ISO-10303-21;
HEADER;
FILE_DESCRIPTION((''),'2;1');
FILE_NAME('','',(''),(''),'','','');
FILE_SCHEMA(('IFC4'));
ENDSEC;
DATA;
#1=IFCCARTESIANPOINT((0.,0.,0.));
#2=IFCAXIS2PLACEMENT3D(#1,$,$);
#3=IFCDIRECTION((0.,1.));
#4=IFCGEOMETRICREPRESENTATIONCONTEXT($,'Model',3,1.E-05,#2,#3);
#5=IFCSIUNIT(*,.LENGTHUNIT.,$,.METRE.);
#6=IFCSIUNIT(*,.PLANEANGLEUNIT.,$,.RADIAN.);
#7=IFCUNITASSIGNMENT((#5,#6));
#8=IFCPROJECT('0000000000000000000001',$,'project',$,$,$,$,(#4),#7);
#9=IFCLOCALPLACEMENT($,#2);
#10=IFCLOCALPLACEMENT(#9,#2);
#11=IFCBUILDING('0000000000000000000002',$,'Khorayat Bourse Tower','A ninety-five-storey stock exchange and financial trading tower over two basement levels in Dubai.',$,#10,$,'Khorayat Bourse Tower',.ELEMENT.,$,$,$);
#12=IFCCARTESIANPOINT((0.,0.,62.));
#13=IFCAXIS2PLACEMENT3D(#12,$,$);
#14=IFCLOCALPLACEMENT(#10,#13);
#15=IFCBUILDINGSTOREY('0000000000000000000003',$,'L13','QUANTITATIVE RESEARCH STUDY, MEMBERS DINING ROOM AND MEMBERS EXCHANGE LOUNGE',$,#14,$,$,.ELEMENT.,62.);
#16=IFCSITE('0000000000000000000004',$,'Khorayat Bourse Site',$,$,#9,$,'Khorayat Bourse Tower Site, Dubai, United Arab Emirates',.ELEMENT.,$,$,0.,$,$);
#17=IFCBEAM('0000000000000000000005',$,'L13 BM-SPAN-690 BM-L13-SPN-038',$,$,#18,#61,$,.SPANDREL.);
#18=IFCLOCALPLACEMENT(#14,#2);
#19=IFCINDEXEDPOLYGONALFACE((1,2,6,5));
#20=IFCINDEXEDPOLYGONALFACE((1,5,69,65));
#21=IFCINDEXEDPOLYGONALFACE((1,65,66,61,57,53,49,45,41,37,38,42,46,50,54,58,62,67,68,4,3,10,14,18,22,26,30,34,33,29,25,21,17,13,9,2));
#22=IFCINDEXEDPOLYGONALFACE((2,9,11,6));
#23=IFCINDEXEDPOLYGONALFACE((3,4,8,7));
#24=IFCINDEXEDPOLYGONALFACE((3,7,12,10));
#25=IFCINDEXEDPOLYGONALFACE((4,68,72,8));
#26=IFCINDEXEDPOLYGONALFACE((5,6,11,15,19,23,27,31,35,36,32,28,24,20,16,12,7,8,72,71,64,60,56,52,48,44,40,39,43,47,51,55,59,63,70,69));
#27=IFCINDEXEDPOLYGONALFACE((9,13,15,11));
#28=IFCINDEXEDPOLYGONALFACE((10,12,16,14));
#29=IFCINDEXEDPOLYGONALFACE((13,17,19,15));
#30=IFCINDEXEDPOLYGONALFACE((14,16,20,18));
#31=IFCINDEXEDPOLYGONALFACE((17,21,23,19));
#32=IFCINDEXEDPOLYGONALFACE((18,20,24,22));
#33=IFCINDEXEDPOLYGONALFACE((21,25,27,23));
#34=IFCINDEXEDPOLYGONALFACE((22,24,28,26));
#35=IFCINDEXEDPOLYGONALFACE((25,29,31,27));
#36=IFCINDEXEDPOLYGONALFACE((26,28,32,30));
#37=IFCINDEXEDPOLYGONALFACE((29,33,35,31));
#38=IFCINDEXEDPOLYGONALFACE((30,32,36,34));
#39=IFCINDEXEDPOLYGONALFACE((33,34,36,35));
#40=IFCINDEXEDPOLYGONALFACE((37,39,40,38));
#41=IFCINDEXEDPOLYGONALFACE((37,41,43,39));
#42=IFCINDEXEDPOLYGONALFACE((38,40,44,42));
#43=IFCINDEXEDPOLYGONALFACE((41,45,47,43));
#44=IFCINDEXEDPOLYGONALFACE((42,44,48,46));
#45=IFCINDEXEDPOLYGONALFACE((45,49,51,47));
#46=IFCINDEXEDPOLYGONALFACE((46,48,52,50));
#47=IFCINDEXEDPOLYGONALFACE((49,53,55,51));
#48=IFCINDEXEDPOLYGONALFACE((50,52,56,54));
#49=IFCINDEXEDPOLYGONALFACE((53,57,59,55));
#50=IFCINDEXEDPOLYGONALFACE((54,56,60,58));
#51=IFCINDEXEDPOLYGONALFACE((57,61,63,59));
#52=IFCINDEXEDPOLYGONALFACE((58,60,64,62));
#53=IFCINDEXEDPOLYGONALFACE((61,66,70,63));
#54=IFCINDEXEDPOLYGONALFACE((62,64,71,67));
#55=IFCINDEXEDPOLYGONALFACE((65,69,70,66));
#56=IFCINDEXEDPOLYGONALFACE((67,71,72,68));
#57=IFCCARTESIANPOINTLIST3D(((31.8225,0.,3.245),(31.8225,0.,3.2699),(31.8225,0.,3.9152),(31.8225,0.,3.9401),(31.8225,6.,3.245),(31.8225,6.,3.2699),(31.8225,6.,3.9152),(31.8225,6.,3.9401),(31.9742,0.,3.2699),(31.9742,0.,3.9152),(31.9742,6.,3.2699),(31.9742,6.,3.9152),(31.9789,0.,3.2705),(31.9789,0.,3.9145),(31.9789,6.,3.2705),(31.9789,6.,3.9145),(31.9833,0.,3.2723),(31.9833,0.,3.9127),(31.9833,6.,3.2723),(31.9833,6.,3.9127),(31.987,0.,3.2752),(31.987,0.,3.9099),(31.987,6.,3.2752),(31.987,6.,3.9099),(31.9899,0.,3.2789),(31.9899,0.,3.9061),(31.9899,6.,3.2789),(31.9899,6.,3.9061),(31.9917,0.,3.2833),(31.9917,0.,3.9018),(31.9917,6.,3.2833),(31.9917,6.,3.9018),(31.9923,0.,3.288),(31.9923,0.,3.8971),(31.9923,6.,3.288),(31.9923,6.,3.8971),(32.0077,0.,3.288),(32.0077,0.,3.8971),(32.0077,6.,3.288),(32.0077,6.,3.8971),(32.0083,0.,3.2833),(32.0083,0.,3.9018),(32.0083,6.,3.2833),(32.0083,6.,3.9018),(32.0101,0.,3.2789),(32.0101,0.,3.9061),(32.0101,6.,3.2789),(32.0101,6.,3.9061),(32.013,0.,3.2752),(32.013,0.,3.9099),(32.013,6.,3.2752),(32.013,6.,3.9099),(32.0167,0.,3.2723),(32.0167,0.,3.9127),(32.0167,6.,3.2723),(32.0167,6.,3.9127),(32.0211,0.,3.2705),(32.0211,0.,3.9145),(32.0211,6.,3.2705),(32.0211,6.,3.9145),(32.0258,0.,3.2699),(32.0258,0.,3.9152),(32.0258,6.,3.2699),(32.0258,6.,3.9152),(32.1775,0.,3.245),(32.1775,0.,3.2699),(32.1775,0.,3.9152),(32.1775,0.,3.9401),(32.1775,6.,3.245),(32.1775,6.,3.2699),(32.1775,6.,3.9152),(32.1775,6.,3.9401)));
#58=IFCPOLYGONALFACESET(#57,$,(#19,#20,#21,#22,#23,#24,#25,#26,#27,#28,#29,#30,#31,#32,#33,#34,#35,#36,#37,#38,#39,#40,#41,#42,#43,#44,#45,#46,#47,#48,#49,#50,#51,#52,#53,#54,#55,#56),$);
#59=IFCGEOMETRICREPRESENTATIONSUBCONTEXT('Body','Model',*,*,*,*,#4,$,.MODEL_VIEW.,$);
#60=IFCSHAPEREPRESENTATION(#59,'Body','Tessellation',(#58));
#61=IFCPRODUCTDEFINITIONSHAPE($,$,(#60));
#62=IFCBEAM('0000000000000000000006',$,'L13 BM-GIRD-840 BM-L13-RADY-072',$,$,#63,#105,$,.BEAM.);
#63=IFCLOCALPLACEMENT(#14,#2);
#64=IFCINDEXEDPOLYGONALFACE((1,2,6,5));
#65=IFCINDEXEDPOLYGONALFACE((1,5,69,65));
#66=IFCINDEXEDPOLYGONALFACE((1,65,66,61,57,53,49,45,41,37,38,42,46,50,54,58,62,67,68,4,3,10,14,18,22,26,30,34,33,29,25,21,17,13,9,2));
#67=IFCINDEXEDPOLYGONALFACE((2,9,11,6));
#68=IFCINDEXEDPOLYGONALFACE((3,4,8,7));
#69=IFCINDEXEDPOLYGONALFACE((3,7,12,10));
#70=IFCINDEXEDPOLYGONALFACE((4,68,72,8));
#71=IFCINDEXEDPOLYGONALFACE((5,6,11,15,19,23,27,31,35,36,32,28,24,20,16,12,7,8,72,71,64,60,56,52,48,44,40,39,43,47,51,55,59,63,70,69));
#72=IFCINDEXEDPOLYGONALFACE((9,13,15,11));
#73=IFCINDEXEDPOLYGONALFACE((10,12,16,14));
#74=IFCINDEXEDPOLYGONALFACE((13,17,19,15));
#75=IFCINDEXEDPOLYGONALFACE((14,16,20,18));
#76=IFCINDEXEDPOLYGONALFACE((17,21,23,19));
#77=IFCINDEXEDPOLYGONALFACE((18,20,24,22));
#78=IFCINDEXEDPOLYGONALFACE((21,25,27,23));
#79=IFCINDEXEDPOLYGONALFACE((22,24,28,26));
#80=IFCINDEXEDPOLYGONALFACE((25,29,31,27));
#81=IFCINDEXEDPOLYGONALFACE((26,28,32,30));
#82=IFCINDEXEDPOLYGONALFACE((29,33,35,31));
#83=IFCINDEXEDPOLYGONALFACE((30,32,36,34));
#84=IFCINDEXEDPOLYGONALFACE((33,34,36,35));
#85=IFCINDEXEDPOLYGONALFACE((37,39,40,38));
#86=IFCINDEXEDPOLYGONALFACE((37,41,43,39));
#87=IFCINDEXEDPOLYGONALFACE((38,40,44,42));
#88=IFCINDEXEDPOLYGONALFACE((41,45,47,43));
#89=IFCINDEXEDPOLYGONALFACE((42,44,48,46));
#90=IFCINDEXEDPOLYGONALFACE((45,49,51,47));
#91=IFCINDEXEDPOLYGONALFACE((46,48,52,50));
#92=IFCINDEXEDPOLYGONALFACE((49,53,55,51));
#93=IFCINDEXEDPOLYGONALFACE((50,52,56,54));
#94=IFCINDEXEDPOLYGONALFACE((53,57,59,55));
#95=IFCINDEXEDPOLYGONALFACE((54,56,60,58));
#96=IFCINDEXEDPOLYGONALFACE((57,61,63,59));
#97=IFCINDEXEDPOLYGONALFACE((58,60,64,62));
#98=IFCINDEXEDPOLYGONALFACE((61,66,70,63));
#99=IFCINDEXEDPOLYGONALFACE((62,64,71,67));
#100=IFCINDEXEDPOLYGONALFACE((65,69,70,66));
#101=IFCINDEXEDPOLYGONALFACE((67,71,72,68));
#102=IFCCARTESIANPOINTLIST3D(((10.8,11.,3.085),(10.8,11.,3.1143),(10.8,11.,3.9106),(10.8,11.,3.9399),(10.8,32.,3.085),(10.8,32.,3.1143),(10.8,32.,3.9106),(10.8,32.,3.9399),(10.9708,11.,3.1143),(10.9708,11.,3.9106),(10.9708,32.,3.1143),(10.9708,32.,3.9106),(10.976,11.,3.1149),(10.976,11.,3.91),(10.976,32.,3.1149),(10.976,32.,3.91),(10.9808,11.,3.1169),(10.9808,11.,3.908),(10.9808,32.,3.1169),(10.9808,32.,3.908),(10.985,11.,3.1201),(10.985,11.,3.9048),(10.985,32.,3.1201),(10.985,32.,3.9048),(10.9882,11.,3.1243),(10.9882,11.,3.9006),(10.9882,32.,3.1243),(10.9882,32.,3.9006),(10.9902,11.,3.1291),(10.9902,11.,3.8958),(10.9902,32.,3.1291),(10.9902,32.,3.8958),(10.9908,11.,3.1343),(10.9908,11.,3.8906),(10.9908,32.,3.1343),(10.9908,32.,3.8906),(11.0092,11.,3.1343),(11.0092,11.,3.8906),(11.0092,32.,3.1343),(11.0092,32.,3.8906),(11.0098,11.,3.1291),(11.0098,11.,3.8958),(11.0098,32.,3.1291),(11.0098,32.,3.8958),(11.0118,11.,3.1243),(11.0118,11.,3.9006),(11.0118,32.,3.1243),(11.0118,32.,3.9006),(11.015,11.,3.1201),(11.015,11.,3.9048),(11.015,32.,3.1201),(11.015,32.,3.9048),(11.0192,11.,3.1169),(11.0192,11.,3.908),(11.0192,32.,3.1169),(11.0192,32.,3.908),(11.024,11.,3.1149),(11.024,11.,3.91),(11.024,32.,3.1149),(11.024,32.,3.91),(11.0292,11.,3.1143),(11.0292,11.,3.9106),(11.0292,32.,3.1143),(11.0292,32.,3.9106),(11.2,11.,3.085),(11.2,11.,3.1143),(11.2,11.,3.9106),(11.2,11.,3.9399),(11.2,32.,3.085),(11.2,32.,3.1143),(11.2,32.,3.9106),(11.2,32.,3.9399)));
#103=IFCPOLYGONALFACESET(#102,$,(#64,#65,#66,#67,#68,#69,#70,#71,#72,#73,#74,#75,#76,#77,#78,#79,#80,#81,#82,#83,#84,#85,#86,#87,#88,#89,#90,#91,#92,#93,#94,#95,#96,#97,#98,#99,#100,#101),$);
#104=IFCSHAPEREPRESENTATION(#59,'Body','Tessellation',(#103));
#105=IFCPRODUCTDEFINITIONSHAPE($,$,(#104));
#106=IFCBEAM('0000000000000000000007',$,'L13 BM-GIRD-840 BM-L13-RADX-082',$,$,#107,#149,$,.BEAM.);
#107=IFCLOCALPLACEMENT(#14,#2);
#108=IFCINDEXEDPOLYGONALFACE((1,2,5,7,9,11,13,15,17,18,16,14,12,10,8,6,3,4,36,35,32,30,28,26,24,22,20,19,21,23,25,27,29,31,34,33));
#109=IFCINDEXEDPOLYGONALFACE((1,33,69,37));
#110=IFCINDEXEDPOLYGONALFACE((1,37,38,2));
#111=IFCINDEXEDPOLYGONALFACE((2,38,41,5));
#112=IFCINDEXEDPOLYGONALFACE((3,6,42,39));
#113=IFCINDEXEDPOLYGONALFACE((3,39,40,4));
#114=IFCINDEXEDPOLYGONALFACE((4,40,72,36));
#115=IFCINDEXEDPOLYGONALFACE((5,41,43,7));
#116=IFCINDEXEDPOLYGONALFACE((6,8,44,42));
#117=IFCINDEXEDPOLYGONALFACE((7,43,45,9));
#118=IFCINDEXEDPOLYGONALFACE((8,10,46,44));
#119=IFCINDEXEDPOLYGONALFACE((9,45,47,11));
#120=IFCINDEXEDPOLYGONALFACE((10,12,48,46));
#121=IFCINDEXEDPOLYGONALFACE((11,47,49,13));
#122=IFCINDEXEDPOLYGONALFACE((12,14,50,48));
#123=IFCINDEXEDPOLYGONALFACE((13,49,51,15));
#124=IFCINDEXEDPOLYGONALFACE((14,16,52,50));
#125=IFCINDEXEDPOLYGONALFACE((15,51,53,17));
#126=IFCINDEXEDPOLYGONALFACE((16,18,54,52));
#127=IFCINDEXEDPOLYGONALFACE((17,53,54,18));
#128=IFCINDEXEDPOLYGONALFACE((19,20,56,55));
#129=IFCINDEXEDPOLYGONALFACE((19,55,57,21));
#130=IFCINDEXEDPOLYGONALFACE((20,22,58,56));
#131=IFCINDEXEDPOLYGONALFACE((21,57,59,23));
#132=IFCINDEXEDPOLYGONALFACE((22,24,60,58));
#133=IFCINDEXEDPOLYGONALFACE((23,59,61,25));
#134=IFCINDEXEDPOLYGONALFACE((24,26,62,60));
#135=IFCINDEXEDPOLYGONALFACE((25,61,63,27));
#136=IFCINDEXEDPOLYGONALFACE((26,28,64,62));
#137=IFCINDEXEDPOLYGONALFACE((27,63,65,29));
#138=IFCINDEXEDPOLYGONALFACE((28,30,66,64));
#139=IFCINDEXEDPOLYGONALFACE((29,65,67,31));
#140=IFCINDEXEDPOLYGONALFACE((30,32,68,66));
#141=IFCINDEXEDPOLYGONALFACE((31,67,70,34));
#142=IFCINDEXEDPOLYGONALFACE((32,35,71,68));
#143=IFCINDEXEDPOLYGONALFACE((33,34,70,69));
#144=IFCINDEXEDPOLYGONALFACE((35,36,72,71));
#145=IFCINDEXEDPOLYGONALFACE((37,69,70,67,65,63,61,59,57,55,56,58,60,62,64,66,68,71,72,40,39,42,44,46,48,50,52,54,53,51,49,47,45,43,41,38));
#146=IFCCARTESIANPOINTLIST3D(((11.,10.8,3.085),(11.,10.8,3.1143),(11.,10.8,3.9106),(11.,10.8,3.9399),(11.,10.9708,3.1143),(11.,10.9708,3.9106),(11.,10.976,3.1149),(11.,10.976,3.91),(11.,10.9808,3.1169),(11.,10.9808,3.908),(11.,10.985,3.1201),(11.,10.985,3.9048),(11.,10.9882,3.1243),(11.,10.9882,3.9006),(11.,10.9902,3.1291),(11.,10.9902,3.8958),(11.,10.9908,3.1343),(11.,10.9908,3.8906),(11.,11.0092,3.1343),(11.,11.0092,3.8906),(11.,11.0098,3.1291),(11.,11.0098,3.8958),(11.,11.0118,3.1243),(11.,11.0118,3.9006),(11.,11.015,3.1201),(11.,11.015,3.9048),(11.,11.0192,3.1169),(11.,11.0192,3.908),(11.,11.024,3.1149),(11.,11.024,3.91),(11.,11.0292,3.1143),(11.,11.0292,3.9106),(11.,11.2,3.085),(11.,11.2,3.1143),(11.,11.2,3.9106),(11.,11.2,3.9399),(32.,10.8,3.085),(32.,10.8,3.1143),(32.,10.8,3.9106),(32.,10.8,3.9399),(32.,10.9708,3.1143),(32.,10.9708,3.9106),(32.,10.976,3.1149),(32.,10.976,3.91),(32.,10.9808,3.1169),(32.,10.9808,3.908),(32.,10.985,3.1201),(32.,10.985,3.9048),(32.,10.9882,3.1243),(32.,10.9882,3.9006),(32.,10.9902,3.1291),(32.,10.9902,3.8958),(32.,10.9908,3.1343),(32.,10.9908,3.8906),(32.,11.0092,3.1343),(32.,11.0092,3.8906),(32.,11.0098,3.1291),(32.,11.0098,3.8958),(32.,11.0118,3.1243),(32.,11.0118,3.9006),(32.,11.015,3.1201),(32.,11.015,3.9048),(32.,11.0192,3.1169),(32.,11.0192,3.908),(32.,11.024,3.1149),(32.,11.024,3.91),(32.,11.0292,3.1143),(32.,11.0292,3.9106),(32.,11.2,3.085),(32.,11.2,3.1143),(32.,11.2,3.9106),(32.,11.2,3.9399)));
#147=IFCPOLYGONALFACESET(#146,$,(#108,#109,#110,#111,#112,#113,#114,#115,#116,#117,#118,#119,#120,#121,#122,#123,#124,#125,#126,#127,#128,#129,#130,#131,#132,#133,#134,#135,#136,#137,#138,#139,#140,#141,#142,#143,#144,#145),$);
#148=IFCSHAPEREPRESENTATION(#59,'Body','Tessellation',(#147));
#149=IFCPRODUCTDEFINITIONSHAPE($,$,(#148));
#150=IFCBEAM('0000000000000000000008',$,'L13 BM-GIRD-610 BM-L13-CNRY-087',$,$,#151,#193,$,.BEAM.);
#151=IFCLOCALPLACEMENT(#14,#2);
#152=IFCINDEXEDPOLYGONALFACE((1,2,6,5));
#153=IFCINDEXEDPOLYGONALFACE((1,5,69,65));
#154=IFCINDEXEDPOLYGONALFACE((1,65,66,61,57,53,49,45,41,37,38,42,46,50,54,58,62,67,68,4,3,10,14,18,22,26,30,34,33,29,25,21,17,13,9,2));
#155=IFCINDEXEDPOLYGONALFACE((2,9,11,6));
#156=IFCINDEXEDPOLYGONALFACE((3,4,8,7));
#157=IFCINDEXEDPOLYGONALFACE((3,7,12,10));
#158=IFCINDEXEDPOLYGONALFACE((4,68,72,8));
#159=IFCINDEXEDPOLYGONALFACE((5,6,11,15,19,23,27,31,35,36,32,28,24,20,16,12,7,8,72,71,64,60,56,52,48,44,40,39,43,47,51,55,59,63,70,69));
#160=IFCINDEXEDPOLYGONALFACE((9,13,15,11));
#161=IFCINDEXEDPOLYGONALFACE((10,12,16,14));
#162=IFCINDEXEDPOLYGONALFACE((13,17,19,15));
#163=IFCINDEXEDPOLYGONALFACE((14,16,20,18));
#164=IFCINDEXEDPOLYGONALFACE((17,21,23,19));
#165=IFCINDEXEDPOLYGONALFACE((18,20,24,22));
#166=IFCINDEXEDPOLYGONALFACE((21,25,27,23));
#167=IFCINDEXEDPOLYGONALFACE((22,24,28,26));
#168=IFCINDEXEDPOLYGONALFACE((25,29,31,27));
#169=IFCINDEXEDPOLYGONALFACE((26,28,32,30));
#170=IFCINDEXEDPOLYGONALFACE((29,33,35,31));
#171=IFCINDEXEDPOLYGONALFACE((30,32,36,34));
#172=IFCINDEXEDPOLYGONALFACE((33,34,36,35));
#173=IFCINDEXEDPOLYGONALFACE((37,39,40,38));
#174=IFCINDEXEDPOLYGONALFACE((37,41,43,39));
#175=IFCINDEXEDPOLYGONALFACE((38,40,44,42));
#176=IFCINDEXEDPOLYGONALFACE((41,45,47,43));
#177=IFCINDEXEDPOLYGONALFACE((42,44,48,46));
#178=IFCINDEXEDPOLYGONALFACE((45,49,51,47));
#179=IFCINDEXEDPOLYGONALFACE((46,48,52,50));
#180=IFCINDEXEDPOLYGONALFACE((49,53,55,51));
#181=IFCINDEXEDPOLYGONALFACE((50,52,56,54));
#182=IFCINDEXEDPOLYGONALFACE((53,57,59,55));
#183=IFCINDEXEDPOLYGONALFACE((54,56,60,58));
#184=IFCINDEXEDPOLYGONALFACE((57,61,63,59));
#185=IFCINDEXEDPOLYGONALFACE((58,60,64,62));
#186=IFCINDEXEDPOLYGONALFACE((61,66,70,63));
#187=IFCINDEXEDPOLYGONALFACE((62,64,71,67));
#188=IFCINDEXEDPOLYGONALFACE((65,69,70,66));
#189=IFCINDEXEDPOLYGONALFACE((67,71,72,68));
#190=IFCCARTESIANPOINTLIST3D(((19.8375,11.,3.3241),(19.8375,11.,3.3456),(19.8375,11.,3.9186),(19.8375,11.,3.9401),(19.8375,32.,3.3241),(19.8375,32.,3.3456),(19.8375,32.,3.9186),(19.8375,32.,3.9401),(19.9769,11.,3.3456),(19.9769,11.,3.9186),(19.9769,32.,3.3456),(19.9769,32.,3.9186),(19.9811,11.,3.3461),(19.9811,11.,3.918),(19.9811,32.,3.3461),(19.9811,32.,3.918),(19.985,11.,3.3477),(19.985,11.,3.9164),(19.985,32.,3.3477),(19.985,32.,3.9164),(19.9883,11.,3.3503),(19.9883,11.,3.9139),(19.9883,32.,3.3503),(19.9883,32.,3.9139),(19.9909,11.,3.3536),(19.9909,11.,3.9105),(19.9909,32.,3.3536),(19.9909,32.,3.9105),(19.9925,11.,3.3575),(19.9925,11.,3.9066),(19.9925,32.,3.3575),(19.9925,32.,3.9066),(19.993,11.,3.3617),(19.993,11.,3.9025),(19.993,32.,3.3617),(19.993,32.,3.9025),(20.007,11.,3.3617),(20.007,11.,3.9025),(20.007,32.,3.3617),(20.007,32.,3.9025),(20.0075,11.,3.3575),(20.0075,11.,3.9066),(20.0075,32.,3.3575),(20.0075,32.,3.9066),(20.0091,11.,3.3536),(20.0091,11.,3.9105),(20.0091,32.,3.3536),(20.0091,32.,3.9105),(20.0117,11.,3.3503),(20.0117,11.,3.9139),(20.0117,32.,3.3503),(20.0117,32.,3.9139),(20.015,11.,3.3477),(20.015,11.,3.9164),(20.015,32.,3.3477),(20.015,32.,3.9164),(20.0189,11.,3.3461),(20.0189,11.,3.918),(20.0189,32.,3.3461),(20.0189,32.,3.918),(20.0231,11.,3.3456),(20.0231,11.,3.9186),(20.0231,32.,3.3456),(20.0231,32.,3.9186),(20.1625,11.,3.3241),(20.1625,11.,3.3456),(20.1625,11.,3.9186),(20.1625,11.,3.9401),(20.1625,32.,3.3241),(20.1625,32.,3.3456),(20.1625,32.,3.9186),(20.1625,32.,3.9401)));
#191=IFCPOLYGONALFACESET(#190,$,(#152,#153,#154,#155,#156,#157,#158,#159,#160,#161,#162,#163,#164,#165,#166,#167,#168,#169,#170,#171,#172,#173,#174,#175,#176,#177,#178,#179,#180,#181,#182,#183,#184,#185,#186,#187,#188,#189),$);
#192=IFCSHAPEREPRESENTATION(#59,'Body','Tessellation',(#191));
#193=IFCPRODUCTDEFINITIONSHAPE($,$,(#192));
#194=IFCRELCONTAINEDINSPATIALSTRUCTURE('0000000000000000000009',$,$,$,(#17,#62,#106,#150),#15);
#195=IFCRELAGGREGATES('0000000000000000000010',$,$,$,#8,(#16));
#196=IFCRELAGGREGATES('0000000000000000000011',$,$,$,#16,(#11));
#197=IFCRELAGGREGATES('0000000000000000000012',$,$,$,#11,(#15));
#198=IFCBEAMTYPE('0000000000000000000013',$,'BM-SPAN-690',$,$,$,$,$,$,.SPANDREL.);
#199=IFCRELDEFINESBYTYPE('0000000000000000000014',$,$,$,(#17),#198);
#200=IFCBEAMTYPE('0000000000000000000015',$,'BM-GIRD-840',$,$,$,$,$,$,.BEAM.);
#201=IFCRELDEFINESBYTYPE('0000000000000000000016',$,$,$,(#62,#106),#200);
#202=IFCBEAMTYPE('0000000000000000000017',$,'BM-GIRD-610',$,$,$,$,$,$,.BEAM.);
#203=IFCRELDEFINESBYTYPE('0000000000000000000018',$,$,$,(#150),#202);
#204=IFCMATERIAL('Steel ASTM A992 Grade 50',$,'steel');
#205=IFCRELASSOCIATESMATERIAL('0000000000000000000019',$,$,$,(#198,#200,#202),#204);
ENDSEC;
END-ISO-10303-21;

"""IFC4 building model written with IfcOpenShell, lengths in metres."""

from ifc_helpers import new_model, si_unit, direction, frame, origin, origin_2d, place, context, subcontext, project, spatial, i_section, extrude, source, transform, mapped, material, material_profile, profile_set, type_object, element, save


model = new_model("IFC4")

# Units and contexts
model_context = context("Model", 3, precision=1e-05, world=origin(), true_north=direction((0.0, 1.0)))
body_context = subcontext(model_context, "Body", "Model", "MODEL_VIEW")
ifc_project = project(units=[si_unit("LENGTHUNIT", "METRE"), si_unit("PLANEANGLEUNIT", "RADIAN")], contexts=[model_context])

# Site, building, storey
site_placement = place(None, origin())
site = spatial("IfcSite", under=ifc_project, at=site_placement, Name="Khorayat Bourse Site", LongName="Khorayat Bourse Tower Site, Dubai, United Arab Emirates", CompositionType="ELEMENT", RefElevation=0.0)
building_placement = place(site_placement, origin())
building = spatial("IfcBuilding", under=site, at=building_placement, Name="Khorayat Bourse Tower", Description="A ninety-five-storey stock exchange and financial trading tower over two basement levels in Dubai.", LongName="Khorayat Bourse Tower", CompositionType="ELEMENT")
storey_placement = place(building_placement, frame((0.0, 0.0, 62.0)))
storey = spatial("IfcBuildingStorey", under=building, at=storey_placement, Name="L13", Description="QUANTITATIVE RESEARCH STUDY, MEMBERS DINING ROOM AND MEMBERS EXCHANGE LOUNGE", CompositionType="ELEMENT", Elevation=62.0)

# Beams
ifc_material_1 = material(Name="Steel ASTM A992 Grade 50", Category="steel")
ifc_material_profile_1 = material_profile(ifc_material_1, i_section(OverallWidth=0.355, OverallDepth=0.6951, WebThickness=0.0154, FlangeThickness=0.0249, FilletRadius=0.0181, at=origin_2d()), Name="W690X217")
ifc_profile_set_1 = profile_set([ifc_material_profile_1], Name="Steel ASTM A992 Grade 50")
beam_type_1 = type_object("IfcBeamType", Name="BM-SPAN-690", PredefinedType="SPANDREL", material=ifc_profile_set_1)
shared_shape_1 = source(origin(), body_context, "Body", "SweptSolid", [
    extrude(i_section(OverallWidth=0.355, OverallDepth=0.6951, WebThickness=0.0154, FlangeThickness=0.0249, FilletRadius=0.0181, at=origin_2d()), origin(), (0.0, 0.0, 1.0), 6.0),
])
beam_1_placement = place(storey_placement, frame((32.0, 0.0, 3.5925), z_axis=(0.0, 1.0, 0.0), x_axis=(-1.0, 0.0, 0.0)))
element("IfcBeam", 1, at=beam_1_placement, inside=storey, type_object=beam_type_1, Name="L13 BM-SPAN-690 BM-L13-SPN-038", PredefinedType="SPANDREL", context=body_context, shape_type="MappedRepresentation", body=[
    mapped(shared_shape_1, transform((0.0, 0.0, 0.0), scale=1.0)),
])
ifc_material_profile_2 = material_profile(ifc_material_1, i_section(OverallWidth=0.3999, OverallDepth=0.855, WebThickness=0.0183, FlangeThickness=0.0293, FilletRadius=0.02, at=origin_2d()), Name="W840X299")
ifc_profile_set_2 = profile_set([ifc_material_profile_2], Name="Steel ASTM A992 Grade 50")
beam_type_2 = type_object("IfcBeamType", Name="BM-GIRD-840", PredefinedType="BEAM", material=ifc_profile_set_2)
shared_shape_2 = source(origin(), body_context, "Body", "SweptSolid", [
    extrude(i_section(OverallWidth=0.3999, OverallDepth=0.855, WebThickness=0.0183, FlangeThickness=0.0293, FilletRadius=0.02, at=origin_2d()), origin(), (0.0, 0.0, 1.0), 21.0),
])
for number, where, z_axis, x_axis, name in (
    (2, (11.0, 11.0, 3.5125), (0.0, 1.0, 0.0), (-1.0, 0.0, 0.0), "L13 BM-GIRD-840 BM-L13-RADY-072"),
    (3, (11.0, 11.0, 3.5125), (1.0, 0.0, 0.0), (0.0, 1.0, 0.0), "L13 BM-GIRD-840 BM-L13-RADX-082"),
):
    element("IfcBeam", number, at=place(storey_placement, frame(where, z_axis=z_axis, x_axis=x_axis)), inside=storey, type_object=beam_type_2, Name=name, PredefinedType="BEAM", context=body_context, shape_type="MappedRepresentation", body=[
        mapped(shared_shape_2, transform((0.0, 0.0, 0.0), scale=1.0)),
    ])
ifc_material_profile_3 = material_profile(ifc_material_1, i_section(OverallWidth=0.325, OverallDepth=0.616, WebThickness=0.0139, FlangeThickness=0.0215, FilletRadius=0.0161, at=origin_2d()), Name="W610X174")
ifc_profile_set_3 = profile_set([ifc_material_profile_3], Name="Steel ASTM A992 Grade 50")
beam_type_3 = type_object("IfcBeamType", Name="BM-GIRD-610", PredefinedType="BEAM", material=ifc_profile_set_3)
shared_shape_3 = source(origin(), body_context, "Body", "SweptSolid", [
    extrude(i_section(OverallWidth=0.325, OverallDepth=0.616, WebThickness=0.0139, FlangeThickness=0.0215, FilletRadius=0.0161, at=origin_2d()), origin(), (0.0, 0.0, 1.0), 21.0),
])
beam_2_placement = place(storey_placement, frame((20.0, 11.0, 3.6321), z_axis=(0.0, 1.0, 0.0), x_axis=(-1.0, 0.0, 0.0)))
element("IfcBeam", 4, at=beam_2_placement, inside=storey, type_object=beam_type_3, Name="L13 BM-GIRD-610 BM-L13-CNRY-087", PredefinedType="BEAM", context=body_context, shape_type="MappedRepresentation", body=[
    mapped(shared_shape_3, transform((0.0, 0.0, 0.0), scale=1.0)),
])

save(model, "model.ifc")
